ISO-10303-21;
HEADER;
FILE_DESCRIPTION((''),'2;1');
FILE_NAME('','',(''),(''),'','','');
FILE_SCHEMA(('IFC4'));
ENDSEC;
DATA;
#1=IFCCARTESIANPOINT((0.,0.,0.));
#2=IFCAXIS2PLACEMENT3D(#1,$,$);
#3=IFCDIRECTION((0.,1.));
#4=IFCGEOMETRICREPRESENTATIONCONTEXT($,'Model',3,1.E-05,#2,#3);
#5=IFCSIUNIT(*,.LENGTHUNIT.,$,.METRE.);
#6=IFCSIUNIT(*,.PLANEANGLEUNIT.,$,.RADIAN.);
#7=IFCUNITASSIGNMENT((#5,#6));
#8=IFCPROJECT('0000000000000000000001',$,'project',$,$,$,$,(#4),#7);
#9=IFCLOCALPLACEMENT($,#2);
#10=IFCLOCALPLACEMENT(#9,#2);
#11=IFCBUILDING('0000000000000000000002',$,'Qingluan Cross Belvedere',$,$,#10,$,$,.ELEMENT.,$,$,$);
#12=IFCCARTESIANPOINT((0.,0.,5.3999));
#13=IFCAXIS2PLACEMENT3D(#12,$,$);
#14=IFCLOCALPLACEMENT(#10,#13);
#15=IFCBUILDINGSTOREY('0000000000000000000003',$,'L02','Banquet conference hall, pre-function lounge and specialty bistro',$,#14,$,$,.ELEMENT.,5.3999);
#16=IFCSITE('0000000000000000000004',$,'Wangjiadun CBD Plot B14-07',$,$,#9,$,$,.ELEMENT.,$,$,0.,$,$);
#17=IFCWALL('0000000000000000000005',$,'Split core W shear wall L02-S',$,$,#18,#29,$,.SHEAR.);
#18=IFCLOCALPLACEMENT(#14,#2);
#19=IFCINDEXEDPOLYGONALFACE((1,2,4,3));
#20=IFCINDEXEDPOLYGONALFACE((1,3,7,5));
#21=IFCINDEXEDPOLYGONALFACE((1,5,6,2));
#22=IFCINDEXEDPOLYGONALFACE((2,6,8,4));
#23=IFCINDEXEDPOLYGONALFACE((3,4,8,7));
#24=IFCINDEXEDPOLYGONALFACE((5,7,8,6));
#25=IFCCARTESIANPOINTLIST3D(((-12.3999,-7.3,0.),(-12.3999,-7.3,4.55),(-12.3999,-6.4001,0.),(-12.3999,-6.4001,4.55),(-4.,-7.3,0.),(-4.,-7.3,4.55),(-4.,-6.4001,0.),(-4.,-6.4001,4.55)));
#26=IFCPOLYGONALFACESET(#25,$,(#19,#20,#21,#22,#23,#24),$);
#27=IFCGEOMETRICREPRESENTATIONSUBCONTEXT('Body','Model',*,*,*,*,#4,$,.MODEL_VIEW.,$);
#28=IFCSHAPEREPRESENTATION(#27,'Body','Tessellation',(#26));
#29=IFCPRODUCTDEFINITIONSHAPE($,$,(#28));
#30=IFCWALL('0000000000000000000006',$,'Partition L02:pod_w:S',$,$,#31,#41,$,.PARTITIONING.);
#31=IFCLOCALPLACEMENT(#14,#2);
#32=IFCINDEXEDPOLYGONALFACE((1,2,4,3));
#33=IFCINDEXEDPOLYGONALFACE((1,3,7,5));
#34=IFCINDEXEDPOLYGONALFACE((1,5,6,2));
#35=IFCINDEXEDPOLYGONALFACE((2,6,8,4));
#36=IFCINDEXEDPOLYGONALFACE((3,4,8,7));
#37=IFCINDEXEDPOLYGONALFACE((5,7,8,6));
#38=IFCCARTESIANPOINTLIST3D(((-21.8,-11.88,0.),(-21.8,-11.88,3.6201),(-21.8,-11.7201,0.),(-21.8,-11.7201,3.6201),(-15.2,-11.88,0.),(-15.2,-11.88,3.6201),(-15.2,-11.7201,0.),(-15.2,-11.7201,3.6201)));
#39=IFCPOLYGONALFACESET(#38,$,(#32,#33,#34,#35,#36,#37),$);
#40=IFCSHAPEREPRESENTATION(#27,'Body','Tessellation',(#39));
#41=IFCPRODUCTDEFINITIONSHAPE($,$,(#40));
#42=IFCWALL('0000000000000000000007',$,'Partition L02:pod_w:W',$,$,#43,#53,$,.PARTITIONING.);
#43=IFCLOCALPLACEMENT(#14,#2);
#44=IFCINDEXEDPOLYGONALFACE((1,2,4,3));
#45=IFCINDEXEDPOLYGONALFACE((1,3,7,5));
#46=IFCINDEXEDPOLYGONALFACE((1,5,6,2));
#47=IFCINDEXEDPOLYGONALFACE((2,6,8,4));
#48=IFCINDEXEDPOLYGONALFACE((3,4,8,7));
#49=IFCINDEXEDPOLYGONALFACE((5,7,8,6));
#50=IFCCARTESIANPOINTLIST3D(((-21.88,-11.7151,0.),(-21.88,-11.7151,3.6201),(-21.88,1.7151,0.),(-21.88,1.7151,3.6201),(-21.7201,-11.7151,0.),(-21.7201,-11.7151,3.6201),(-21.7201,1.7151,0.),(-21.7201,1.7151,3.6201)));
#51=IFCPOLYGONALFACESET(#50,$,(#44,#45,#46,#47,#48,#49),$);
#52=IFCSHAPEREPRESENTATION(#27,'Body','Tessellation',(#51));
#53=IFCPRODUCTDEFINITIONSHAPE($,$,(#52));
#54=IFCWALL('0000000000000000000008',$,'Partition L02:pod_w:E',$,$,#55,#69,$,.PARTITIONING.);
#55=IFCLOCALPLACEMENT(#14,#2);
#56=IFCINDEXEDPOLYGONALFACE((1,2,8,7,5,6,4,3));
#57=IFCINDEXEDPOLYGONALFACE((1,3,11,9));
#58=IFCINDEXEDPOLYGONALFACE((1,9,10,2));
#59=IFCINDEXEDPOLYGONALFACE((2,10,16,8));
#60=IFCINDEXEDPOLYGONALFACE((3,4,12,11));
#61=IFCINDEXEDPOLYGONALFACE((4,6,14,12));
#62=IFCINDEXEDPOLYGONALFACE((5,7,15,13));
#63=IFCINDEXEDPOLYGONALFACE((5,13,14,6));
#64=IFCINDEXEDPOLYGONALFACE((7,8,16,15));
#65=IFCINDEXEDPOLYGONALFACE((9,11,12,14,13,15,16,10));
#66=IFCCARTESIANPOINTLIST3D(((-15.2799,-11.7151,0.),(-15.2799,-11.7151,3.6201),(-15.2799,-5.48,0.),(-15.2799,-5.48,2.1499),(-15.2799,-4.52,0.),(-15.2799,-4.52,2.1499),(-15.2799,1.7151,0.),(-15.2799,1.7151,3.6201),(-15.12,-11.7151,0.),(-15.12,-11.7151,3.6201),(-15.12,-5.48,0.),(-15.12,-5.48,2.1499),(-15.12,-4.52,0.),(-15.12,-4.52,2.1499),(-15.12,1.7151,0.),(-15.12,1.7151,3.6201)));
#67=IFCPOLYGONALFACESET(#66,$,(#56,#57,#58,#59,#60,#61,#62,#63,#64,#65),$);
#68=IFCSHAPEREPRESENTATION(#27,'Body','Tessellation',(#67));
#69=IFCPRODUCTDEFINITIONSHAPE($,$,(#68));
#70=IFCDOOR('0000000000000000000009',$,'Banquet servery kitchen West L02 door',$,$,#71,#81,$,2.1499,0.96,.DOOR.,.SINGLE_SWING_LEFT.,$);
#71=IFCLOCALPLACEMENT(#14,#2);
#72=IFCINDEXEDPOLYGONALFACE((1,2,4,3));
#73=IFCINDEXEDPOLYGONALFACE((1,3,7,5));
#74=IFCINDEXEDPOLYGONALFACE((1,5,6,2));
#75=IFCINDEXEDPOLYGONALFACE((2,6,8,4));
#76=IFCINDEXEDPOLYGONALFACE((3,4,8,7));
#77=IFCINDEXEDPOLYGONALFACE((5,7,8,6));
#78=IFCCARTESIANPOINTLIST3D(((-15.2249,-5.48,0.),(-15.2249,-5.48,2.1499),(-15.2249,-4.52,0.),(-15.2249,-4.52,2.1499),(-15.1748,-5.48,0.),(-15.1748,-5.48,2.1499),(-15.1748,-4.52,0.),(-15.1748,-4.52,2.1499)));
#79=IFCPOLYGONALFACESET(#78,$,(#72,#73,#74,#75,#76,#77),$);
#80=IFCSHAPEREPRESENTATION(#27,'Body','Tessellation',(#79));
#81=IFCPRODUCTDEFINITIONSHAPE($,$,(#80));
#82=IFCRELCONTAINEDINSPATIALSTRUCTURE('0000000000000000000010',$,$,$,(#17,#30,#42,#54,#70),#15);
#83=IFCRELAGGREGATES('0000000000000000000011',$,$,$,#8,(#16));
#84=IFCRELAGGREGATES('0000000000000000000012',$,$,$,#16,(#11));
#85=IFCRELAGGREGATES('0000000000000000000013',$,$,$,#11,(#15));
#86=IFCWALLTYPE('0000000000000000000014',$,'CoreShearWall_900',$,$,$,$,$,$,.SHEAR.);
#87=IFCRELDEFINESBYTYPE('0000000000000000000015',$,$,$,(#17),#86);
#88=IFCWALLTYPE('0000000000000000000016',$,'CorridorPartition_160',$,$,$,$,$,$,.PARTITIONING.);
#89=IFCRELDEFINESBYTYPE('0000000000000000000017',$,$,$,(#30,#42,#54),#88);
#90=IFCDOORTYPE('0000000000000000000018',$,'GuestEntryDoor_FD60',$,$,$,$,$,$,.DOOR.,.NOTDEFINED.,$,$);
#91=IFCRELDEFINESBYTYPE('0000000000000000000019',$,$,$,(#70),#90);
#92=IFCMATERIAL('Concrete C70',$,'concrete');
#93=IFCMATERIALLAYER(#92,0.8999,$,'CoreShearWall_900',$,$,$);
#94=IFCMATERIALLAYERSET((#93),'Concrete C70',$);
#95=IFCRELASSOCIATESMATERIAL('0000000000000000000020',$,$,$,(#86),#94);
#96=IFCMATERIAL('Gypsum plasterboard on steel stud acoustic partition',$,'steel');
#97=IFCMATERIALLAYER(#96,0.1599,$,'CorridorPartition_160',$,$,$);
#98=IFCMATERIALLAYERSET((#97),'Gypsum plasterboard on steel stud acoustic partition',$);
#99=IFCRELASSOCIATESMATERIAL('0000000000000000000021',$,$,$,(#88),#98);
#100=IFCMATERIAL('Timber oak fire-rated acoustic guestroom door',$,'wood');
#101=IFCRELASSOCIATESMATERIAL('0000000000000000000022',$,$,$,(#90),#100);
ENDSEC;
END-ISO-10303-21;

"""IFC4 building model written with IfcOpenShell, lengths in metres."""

from ifc_helpers import new_model, si_unit, direction, frame, frame_2d, origin, place, context, subcontext, project, spatial, rectangle, extrude, material, layer, layer_set, type_object, element, fill, save


model = new_model("IFC4")

# Units and contexts
model_context = context("Model", 3, precision=1e-05, world=origin(), true_north=direction((0.0, 1.0)))
body_context = subcontext(model_context, "Body", "Model", "MODEL_VIEW")
ifc_project = project(units=[si_unit("LENGTHUNIT", "METRE"), si_unit("PLANEANGLEUNIT", "RADIAN")], contexts=[model_context])

# Site, building, storey
site_placement = place(None, origin())
site = spatial("IfcSite", under=ifc_project, at=site_placement, Name="Wangjiadun CBD Plot B14-07", CompositionType="ELEMENT", RefElevation=0.0)
building_placement = place(site_placement, origin())
building = spatial("IfcBuilding", under=site, at=building_placement, Name="Qingluan Cross Belvedere", CompositionType="ELEMENT")
storey_placement = place(building_placement, frame((0.0, 0.0, 5.3999)))
storey = spatial("IfcBuildingStorey", under=building, at=storey_placement, Name="L02", Description="Banquet conference hall, pre-function lounge and specialty bistro", CompositionType="ELEMENT", Elevation=5.3999)

# Walls
ifc_material_1 = material(Name="Concrete C70", Category="concrete")
ifc_layer_1 = layer(ifc_material_1, 0.8999, Name="CoreShearWall_900")
ifc_layer_set_1 = layer_set([ifc_layer_1], Name="Concrete C70")
wall_type_1 = type_object("IfcWallType", Name="CoreShearWall_900", PredefinedType="SHEAR", material=ifc_layer_set_1)
wall_1_placement = place(storey_placement, frame((-12.3999, -6.8501, 0.0), z_axis=(0.0, 0.0, 1.0), x_axis=(1.0, 0.0, 0.0)))
element("IfcWall", 1, at=wall_1_placement, inside=storey, type_object=wall_type_1, Name="Split core W shear wall L02-S", PredefinedType="SHEAR", context=body_context, shape_type="SweptSolid", body=[
    extrude(rectangle(XDim=8.3999, YDim=0.8999, at=frame_2d((4.2, 0.0))), origin(), (0.0, 0.0, 1.0), 4.55),
])
ifc_material_2 = material(Name="Gypsum plasterboard on steel stud acoustic partition", Category="steel")
ifc_layer_2 = layer(ifc_material_2, 0.1599, Name="CorridorPartition_160")
ifc_layer_set_2 = layer_set([ifc_layer_2], Name="Gypsum plasterboard on steel stud acoustic partition")
wall_type_2 = type_object("IfcWallType", Name="CorridorPartition_160", PredefinedType="PARTITIONING", material=ifc_layer_set_2)
wall_2_placement = place(storey_placement, frame((-21.8, -11.8, 0.0), z_axis=(0.0, 0.0, 1.0), x_axis=(1.0, 0.0, 0.0)))
element("IfcWall", 2, at=wall_2_placement, inside=storey, type_object=wall_type_2, Name="Partition L02:pod_w:S", PredefinedType="PARTITIONING", context=body_context, shape_type="SweptSolid", body=[
    extrude(rectangle(XDim=6.6001, YDim=0.1599, at=frame_2d((3.3, 0.0))), origin(), (0.0, 0.0, 1.0), 3.6201),
])
wall_3_placement = place(storey_placement, frame((-21.8, -11.7151, 0.0), z_axis=(0.0, 0.0, 1.0), x_axis=(0.0, 1.0, 0.0)))
element("IfcWall", 3, at=wall_3_placement, inside=storey, type_object=wall_type_2, Name="Partition L02:pod_w:W", PredefinedType="PARTITIONING", context=body_context, shape_type="SweptSolid", body=[
    extrude(rectangle(XDim=13.4302, YDim=0.1599, at=frame_2d((6.7151, 0.0))), origin(), (0.0, 0.0, 1.0), 3.6201),
])

# Wall, opening, door
wall_4_placement = place(storey_placement, frame((-15.2, -11.7151, 0.0), z_axis=(0.0, 0.0, 1.0), x_axis=(0.0, 1.0, 0.0)))
wall_4 = element("IfcWall", 4, at=wall_4_placement, inside=storey, type_object=wall_type_2, Name="Partition L02:pod_w:E", PredefinedType="PARTITIONING", context=body_context, shape_type="SweptSolid", body=[
    extrude(rectangle(XDim=13.4302, YDim=0.1599, at=frame_2d((6.7151, 0.0))), origin(), (0.0, 0.0, 1.0), 3.6201),
])
opening_placement = place(wall_4_placement, frame((6.2351, 0.0, 0.0)))
opening = element("IfcOpeningElement", 5, at=opening_placement, cuts=wall_4, PredefinedType="OPENING", context=body_context, shape_type="SweptSolid", body=[
    extrude(rectangle(XDim=0.96, YDim=2.1499, at=frame_2d((0.48, 1.075))), frame((0.0, 0.0898, 0.0), z_axis=(0.0, -1.0, 0.0), x_axis=(1.0, 0.0, 0.0)), (0.0, 0.0, 1.0), 0.1799),
])
ifc_material_3 = material(Name="Timber oak fire-rated acoustic guestroom door", Category="wood")
door_type = type_object("IfcDoorType", Name="GuestEntryDoor_FD60", OperationType="NOTDEFINED", PredefinedType="DOOR", material=ifc_material_3)
door_placement = place(opening_placement, origin())
door = element("IfcDoor", 6, at=door_placement, inside=storey, type_object=door_type, Name="Banquet servery kitchen West L02 door", OperationType="SINGLE_SWING_LEFT", OverallHeight=2.1499, OverallWidth=0.96, PredefinedType="DOOR", context=body_context, shape_type="SweptSolid", body=[
    extrude(rectangle(XDim=0.96, YDim=2.1499, at=frame_2d((0.48, 1.075))), frame((0.0, 0.0249, 0.0), z_axis=(0.0, -1.0, 0.0), x_axis=(1.0, 0.0, 0.0)), (0.0, 0.0, 1.0), 0.05),
])
fill(opening, door)

save(model, "model.ifc")
